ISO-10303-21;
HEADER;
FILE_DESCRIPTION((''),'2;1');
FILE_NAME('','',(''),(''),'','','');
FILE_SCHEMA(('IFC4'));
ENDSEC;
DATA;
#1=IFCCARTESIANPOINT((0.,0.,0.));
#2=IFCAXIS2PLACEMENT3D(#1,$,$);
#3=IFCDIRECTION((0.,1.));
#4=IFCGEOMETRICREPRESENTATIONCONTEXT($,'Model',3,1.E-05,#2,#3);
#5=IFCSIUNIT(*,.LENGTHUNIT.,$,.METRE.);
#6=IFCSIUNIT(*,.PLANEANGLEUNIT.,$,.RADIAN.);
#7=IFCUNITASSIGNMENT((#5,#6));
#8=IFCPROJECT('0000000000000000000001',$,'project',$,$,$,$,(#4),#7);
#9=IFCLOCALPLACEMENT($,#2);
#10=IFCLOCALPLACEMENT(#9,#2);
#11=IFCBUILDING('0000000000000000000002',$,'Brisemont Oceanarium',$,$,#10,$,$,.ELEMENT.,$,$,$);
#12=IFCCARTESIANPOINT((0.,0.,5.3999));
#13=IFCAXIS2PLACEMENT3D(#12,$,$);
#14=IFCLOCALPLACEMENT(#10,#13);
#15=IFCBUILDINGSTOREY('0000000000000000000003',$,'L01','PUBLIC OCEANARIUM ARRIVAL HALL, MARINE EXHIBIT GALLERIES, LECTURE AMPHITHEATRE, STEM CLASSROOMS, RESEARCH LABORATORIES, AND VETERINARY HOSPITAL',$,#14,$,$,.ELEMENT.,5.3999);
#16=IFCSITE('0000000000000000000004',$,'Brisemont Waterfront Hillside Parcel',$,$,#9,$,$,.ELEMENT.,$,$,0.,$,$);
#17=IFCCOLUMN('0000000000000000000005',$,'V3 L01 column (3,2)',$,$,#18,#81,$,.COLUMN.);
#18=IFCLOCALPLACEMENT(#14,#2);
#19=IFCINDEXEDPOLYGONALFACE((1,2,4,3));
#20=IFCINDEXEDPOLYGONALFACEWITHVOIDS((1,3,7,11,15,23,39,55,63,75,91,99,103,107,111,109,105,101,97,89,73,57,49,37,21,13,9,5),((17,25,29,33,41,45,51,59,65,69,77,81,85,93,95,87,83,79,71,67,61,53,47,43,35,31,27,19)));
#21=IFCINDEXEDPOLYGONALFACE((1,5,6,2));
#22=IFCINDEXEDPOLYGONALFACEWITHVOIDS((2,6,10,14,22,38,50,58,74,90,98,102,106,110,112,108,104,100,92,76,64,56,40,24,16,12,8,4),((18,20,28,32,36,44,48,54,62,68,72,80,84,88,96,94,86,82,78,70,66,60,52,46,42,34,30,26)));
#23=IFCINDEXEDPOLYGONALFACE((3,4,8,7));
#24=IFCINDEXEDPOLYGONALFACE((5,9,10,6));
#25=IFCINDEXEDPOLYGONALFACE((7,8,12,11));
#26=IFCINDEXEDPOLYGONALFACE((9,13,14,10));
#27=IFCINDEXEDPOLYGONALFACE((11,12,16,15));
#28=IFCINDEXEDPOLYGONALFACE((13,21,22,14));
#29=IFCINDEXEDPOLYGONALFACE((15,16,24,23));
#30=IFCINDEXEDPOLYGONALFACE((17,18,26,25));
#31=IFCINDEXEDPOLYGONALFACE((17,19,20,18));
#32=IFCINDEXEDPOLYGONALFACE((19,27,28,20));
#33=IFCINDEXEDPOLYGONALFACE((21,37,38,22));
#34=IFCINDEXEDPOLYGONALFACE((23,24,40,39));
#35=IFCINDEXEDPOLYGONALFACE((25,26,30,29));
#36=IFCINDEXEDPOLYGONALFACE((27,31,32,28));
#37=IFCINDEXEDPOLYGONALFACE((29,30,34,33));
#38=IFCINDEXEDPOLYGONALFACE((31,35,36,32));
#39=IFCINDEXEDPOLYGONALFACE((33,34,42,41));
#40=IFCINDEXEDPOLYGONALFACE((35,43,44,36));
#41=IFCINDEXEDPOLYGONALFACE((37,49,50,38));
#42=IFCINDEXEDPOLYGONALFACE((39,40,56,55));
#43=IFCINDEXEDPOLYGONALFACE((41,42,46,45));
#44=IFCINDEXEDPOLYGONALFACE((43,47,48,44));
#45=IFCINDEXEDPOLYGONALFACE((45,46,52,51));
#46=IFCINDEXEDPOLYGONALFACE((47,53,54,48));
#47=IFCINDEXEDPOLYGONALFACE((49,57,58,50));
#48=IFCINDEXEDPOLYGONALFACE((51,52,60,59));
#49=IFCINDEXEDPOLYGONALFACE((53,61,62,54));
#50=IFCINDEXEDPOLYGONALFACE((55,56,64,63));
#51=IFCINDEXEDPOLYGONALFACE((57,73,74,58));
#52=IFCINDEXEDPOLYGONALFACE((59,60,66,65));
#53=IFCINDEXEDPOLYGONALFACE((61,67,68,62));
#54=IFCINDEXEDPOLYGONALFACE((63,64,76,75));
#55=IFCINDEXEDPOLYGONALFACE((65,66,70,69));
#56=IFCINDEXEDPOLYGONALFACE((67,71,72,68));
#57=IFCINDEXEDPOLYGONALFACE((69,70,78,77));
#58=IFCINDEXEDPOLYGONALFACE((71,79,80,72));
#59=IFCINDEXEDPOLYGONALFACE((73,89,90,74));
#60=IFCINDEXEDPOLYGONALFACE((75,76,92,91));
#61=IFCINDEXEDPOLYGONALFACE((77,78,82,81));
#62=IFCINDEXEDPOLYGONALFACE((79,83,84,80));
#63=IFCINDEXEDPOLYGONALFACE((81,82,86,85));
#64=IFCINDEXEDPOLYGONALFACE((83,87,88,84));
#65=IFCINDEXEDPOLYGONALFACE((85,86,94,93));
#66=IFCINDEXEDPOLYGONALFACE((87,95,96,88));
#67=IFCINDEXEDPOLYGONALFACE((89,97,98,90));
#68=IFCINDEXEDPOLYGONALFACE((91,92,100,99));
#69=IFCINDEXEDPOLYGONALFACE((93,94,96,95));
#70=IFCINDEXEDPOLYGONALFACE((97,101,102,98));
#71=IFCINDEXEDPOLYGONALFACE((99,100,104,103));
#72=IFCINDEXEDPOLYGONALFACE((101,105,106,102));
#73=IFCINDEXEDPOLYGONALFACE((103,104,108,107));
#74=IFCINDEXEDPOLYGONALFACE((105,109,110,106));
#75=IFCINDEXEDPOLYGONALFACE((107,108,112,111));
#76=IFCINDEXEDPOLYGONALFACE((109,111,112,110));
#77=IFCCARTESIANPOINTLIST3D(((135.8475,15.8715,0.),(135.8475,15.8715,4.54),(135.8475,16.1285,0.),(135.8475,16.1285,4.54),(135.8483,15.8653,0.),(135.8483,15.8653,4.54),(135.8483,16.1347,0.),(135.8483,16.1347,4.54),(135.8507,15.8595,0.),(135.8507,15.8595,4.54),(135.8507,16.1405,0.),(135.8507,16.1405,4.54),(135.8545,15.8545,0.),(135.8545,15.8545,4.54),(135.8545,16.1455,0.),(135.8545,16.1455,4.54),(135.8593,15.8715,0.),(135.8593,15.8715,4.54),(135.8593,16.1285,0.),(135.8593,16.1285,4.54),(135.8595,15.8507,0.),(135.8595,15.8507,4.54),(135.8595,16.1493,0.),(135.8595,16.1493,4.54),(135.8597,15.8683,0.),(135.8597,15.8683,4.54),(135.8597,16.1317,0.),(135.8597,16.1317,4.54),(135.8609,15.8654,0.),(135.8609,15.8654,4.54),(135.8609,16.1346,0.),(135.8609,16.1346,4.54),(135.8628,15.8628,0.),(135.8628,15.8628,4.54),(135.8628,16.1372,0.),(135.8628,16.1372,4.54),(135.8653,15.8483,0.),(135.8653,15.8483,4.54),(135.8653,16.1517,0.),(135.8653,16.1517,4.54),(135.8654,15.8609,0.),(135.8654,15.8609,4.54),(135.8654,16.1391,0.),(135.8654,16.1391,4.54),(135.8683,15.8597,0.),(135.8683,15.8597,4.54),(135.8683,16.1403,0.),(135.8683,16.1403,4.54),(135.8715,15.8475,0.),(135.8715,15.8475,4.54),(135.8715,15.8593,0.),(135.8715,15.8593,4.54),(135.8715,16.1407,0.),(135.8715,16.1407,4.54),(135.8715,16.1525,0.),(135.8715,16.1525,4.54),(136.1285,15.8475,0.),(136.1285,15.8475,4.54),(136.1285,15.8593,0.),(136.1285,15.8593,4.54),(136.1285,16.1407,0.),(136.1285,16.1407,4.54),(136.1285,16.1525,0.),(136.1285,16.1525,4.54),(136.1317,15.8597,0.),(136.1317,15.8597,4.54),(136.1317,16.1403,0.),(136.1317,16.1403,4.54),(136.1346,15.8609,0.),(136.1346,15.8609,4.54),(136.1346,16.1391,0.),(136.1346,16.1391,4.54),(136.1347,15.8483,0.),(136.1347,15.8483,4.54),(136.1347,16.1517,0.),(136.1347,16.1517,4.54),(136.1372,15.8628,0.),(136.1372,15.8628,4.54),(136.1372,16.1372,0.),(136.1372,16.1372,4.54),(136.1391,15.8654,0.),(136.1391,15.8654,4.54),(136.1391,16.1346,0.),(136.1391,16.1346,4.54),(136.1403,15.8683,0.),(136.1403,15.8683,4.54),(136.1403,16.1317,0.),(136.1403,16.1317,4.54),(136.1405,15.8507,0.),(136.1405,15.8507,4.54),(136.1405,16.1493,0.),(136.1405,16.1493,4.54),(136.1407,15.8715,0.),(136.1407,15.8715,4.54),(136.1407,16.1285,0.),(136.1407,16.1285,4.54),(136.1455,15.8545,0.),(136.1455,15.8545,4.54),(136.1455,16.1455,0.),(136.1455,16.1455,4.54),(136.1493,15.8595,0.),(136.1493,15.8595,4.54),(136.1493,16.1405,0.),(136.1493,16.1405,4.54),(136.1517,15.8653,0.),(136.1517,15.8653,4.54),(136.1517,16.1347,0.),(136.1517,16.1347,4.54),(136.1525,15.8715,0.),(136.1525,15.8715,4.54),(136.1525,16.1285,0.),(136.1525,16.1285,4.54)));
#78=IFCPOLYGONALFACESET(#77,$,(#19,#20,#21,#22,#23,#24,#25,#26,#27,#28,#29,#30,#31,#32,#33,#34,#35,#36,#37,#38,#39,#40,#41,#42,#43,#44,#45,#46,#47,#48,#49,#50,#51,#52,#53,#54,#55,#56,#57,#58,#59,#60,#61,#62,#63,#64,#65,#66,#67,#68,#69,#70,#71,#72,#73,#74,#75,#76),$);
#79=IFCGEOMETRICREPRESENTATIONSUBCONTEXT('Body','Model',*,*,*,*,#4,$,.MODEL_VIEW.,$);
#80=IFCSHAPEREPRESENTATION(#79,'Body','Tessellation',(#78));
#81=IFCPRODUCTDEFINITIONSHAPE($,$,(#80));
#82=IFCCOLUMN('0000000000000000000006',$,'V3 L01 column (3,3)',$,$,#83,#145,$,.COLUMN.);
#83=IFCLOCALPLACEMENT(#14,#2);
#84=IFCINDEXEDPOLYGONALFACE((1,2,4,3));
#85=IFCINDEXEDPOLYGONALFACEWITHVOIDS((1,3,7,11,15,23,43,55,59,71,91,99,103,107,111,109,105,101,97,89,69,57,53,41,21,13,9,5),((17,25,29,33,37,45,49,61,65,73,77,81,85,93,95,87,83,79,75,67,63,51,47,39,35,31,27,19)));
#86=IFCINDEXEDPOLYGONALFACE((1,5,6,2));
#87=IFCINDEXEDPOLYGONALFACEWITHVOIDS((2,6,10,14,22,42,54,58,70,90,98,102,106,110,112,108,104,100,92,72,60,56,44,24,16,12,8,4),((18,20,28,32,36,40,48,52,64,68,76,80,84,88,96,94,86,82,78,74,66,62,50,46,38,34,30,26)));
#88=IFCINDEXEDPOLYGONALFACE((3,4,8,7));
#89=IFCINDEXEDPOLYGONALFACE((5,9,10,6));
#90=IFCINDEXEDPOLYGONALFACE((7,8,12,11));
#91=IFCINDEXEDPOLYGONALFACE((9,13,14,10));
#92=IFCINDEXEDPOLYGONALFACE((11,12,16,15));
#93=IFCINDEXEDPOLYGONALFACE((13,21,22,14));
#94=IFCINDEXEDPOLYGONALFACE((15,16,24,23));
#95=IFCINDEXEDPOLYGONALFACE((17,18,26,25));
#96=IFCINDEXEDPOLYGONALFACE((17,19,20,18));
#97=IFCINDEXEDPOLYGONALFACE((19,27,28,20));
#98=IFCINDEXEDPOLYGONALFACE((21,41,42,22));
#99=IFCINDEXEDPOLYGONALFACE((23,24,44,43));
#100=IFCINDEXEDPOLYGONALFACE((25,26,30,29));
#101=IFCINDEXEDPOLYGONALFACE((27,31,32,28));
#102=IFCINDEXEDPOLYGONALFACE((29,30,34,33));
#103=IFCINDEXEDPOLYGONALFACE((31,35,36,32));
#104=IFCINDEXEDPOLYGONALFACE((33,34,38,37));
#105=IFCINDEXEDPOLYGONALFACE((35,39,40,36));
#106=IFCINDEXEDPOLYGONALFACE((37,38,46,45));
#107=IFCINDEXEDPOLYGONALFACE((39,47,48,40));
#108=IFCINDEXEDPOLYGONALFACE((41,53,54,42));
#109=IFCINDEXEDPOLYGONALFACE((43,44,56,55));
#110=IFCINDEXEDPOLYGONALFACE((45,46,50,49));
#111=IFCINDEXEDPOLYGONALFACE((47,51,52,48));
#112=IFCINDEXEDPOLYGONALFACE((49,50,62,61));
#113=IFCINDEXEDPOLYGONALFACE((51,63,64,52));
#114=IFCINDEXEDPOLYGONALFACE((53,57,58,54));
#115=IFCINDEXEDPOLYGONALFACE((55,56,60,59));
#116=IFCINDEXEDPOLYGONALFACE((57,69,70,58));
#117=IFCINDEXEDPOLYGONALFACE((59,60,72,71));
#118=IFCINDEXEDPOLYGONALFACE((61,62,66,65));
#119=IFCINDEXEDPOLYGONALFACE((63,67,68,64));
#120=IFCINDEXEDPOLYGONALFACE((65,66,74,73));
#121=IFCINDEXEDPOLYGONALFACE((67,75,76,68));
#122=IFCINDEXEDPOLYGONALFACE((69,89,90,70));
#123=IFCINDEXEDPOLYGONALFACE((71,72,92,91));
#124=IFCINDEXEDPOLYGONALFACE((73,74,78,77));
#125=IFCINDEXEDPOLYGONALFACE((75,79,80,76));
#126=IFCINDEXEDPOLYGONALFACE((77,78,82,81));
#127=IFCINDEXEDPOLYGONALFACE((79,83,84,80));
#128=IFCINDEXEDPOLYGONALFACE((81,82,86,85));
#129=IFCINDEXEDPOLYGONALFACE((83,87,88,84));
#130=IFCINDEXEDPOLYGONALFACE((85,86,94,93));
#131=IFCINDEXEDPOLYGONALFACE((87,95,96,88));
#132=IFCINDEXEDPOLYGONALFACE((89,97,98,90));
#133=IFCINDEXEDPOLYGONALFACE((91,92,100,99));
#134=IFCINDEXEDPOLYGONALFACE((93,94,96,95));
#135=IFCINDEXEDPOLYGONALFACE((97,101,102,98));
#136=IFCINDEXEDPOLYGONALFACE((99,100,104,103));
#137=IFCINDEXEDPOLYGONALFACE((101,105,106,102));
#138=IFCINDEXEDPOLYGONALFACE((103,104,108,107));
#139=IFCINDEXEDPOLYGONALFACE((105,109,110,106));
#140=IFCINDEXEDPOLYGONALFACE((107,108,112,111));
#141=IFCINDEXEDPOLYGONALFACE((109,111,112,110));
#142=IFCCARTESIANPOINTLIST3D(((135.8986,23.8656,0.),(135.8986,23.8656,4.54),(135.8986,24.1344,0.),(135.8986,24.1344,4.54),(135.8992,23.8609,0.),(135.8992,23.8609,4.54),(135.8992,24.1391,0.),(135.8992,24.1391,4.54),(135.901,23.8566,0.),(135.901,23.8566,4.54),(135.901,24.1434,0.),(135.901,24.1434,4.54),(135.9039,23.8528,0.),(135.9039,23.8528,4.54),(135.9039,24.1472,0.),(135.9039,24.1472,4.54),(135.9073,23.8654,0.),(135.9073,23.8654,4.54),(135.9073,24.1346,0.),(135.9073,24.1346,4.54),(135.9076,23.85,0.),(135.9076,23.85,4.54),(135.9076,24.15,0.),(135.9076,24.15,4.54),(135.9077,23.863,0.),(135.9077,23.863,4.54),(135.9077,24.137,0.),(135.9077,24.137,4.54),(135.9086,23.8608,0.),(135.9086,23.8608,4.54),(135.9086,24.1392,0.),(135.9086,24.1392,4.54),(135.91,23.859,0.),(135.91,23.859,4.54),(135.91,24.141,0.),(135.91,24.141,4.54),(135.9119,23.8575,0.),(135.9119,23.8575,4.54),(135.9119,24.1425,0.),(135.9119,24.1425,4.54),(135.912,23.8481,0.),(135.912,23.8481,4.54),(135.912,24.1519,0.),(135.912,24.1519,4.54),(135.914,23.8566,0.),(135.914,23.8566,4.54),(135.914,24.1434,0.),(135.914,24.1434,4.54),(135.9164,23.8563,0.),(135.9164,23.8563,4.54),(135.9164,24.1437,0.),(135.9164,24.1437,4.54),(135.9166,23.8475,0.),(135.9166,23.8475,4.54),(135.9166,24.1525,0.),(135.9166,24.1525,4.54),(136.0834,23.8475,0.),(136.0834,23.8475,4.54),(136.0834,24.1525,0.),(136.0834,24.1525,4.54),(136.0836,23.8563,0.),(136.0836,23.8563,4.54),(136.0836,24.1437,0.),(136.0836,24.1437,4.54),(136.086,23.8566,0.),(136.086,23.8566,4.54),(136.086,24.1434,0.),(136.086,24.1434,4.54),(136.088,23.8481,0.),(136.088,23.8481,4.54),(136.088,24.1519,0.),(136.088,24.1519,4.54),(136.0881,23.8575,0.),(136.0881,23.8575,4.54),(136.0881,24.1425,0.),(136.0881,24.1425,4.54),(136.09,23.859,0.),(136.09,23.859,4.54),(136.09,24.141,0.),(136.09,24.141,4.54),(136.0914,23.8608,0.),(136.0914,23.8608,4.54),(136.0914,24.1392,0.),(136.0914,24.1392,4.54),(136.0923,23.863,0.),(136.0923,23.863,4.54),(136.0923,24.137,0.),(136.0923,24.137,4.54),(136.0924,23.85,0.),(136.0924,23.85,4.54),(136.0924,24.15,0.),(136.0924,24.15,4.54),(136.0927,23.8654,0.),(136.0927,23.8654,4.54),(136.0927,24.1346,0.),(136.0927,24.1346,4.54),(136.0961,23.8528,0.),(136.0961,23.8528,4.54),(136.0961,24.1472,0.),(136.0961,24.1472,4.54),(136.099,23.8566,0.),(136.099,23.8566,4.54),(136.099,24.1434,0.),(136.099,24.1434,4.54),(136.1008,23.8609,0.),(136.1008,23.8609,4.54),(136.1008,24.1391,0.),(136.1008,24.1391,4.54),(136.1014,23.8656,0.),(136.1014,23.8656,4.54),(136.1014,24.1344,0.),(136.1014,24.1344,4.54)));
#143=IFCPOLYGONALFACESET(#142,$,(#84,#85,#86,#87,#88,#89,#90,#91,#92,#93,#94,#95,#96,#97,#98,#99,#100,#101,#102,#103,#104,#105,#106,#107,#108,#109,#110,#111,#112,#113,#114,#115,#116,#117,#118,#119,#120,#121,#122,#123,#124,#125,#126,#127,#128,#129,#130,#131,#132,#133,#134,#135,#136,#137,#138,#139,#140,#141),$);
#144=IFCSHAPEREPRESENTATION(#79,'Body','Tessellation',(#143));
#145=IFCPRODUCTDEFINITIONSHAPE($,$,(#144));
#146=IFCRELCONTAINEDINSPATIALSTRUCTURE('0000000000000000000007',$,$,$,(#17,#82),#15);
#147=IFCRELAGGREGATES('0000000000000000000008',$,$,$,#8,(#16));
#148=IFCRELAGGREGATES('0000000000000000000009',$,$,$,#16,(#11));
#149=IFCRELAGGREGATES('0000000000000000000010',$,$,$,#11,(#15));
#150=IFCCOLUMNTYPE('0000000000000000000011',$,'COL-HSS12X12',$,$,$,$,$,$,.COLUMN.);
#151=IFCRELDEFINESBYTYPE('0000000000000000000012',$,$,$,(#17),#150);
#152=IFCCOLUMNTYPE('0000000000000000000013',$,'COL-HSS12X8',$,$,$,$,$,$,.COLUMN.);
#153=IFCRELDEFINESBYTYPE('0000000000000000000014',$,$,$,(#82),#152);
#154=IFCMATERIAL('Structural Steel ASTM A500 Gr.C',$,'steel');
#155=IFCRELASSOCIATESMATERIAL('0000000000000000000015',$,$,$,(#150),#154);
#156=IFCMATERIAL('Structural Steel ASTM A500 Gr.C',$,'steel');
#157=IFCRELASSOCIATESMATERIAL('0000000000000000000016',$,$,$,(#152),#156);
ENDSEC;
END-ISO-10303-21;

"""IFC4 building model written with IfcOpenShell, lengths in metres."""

from ifc_helpers import new_model, si_unit, direction, frame, origin, origin_2d, place, context, subcontext, project, spatial, hollow_rectangle, extrude, material, material_profile, profile_set, type_object, element, save


model = new_model("IFC4")

# Units and contexts
model_context = context("Model", 3, precision=1e-05, world=origin(), true_north=direction((0.0, 1.0)))
body_context = subcontext(model_context, "Body", "Model", "MODEL_VIEW")
ifc_project = project(units=[si_unit("LENGTHUNIT", "METRE"), si_unit("PLANEANGLEUNIT", "RADIAN")], contexts=[model_context])

# Site, building, storey
site_placement = place(None, origin())
site = spatial("IfcSite", under=ifc_project, at=site_placement, Name="Brisemont Waterfront Hillside Parcel", CompositionType="ELEMENT", RefElevation=0.0)
building_placement = place(site_placement, origin())
building = spatial("IfcBuilding", under=site, at=building_placement, Name="Brisemont Oceanarium", CompositionType="ELEMENT")
storey_placement = place(building_placement, frame((0.0, 0.0, 5.3999)))
storey = spatial("IfcBuildingStorey", under=building, at=storey_placement, Name="L01", Description="PUBLIC OCEANARIUM ARRIVAL HALL, MARINE EXHIBIT GALLERIES, LECTURE AMPHITHEATRE, STEM CLASSROOMS, RESEARCH LABORATORIES, AND VETERINARY HOSPITAL", CompositionType="ELEMENT", Elevation=5.3999)

# Columns
ifc_material_1 = material(Name="Structural Steel ASTM A500 Gr.C", Category="steel")
ifc_material_profile_1 = material_profile(ifc_material_1, hollow_rectangle(XDim=0.3049, YDim=0.3049, WallThickness=0.0117, InnerFilletRadius=0.0122, OuterFilletRadius=0.0239, at=origin_2d()), Name="HSS12X12X1/2")
ifc_profile_set_1 = profile_set([ifc_material_profile_1], Name="Structural Steel ASTM A500 Gr.C")
column_type_1 = type_object("IfcColumnType", Name="COL-HSS12X12", PredefinedType="COLUMN", material=ifc_profile_set_1)
column_1_placement = place(storey_placement, frame((136.0, 16.0, 0.0), z_axis=(0.0, 0.0, 1.0), x_axis=(0.0, 1.0, 0.0)))
element("IfcColumn", 1, at=column_1_placement, inside=storey, type_object=column_type_1, Name="V3 L01 column (3,2)", PredefinedType="COLUMN", context=body_context, shape_type="SweptSolid", body=[
    extrude(hollow_rectangle(XDim=0.3049, YDim=0.3049, WallThickness=0.0117, InnerFilletRadius=0.0122, OuterFilletRadius=0.0239, at=origin_2d()), origin(), (0.0, 0.0, 1.0), 4.54),
])
ifc_material_2 = material(Name="Structural Steel ASTM A500 Gr.C", Category="steel")
ifc_material_profile_2 = material_profile(ifc_material_2, hollow_rectangle(XDim=0.2029, YDim=0.3049, WallThickness=0.0088, InnerFilletRadius=0.009, OuterFilletRadius=0.0181, at=origin_2d()), Name="HSS12X8X3/8")
ifc_profile_set_2 = profile_set([ifc_material_profile_2], Name="Structural Steel ASTM A500 Gr.C")
column_type_2 = type_object("IfcColumnType", Name="COL-HSS12X8", PredefinedType="COLUMN", material=ifc_profile_set_2)
column_2_placement = place(storey_placement, frame((136.0, 24.0, 0.0), z_axis=(0.0, 0.0, 1.0), x_axis=(1.0, 0.0, 0.0)))
element("IfcColumn", 2, at=column_2_placement, inside=storey, type_object=column_type_2, Name="V3 L01 column (3,3)", PredefinedType="COLUMN", context=body_context, shape_type="SweptSolid", body=[
    extrude(hollow_rectangle(XDim=0.2029, YDim=0.3049, WallThickness=0.0088, InnerFilletRadius=0.009, OuterFilletRadius=0.0181, at=origin_2d()), origin(), (0.0, 0.0, 1.0), 4.54),
])

save(model, "model.ifc")
